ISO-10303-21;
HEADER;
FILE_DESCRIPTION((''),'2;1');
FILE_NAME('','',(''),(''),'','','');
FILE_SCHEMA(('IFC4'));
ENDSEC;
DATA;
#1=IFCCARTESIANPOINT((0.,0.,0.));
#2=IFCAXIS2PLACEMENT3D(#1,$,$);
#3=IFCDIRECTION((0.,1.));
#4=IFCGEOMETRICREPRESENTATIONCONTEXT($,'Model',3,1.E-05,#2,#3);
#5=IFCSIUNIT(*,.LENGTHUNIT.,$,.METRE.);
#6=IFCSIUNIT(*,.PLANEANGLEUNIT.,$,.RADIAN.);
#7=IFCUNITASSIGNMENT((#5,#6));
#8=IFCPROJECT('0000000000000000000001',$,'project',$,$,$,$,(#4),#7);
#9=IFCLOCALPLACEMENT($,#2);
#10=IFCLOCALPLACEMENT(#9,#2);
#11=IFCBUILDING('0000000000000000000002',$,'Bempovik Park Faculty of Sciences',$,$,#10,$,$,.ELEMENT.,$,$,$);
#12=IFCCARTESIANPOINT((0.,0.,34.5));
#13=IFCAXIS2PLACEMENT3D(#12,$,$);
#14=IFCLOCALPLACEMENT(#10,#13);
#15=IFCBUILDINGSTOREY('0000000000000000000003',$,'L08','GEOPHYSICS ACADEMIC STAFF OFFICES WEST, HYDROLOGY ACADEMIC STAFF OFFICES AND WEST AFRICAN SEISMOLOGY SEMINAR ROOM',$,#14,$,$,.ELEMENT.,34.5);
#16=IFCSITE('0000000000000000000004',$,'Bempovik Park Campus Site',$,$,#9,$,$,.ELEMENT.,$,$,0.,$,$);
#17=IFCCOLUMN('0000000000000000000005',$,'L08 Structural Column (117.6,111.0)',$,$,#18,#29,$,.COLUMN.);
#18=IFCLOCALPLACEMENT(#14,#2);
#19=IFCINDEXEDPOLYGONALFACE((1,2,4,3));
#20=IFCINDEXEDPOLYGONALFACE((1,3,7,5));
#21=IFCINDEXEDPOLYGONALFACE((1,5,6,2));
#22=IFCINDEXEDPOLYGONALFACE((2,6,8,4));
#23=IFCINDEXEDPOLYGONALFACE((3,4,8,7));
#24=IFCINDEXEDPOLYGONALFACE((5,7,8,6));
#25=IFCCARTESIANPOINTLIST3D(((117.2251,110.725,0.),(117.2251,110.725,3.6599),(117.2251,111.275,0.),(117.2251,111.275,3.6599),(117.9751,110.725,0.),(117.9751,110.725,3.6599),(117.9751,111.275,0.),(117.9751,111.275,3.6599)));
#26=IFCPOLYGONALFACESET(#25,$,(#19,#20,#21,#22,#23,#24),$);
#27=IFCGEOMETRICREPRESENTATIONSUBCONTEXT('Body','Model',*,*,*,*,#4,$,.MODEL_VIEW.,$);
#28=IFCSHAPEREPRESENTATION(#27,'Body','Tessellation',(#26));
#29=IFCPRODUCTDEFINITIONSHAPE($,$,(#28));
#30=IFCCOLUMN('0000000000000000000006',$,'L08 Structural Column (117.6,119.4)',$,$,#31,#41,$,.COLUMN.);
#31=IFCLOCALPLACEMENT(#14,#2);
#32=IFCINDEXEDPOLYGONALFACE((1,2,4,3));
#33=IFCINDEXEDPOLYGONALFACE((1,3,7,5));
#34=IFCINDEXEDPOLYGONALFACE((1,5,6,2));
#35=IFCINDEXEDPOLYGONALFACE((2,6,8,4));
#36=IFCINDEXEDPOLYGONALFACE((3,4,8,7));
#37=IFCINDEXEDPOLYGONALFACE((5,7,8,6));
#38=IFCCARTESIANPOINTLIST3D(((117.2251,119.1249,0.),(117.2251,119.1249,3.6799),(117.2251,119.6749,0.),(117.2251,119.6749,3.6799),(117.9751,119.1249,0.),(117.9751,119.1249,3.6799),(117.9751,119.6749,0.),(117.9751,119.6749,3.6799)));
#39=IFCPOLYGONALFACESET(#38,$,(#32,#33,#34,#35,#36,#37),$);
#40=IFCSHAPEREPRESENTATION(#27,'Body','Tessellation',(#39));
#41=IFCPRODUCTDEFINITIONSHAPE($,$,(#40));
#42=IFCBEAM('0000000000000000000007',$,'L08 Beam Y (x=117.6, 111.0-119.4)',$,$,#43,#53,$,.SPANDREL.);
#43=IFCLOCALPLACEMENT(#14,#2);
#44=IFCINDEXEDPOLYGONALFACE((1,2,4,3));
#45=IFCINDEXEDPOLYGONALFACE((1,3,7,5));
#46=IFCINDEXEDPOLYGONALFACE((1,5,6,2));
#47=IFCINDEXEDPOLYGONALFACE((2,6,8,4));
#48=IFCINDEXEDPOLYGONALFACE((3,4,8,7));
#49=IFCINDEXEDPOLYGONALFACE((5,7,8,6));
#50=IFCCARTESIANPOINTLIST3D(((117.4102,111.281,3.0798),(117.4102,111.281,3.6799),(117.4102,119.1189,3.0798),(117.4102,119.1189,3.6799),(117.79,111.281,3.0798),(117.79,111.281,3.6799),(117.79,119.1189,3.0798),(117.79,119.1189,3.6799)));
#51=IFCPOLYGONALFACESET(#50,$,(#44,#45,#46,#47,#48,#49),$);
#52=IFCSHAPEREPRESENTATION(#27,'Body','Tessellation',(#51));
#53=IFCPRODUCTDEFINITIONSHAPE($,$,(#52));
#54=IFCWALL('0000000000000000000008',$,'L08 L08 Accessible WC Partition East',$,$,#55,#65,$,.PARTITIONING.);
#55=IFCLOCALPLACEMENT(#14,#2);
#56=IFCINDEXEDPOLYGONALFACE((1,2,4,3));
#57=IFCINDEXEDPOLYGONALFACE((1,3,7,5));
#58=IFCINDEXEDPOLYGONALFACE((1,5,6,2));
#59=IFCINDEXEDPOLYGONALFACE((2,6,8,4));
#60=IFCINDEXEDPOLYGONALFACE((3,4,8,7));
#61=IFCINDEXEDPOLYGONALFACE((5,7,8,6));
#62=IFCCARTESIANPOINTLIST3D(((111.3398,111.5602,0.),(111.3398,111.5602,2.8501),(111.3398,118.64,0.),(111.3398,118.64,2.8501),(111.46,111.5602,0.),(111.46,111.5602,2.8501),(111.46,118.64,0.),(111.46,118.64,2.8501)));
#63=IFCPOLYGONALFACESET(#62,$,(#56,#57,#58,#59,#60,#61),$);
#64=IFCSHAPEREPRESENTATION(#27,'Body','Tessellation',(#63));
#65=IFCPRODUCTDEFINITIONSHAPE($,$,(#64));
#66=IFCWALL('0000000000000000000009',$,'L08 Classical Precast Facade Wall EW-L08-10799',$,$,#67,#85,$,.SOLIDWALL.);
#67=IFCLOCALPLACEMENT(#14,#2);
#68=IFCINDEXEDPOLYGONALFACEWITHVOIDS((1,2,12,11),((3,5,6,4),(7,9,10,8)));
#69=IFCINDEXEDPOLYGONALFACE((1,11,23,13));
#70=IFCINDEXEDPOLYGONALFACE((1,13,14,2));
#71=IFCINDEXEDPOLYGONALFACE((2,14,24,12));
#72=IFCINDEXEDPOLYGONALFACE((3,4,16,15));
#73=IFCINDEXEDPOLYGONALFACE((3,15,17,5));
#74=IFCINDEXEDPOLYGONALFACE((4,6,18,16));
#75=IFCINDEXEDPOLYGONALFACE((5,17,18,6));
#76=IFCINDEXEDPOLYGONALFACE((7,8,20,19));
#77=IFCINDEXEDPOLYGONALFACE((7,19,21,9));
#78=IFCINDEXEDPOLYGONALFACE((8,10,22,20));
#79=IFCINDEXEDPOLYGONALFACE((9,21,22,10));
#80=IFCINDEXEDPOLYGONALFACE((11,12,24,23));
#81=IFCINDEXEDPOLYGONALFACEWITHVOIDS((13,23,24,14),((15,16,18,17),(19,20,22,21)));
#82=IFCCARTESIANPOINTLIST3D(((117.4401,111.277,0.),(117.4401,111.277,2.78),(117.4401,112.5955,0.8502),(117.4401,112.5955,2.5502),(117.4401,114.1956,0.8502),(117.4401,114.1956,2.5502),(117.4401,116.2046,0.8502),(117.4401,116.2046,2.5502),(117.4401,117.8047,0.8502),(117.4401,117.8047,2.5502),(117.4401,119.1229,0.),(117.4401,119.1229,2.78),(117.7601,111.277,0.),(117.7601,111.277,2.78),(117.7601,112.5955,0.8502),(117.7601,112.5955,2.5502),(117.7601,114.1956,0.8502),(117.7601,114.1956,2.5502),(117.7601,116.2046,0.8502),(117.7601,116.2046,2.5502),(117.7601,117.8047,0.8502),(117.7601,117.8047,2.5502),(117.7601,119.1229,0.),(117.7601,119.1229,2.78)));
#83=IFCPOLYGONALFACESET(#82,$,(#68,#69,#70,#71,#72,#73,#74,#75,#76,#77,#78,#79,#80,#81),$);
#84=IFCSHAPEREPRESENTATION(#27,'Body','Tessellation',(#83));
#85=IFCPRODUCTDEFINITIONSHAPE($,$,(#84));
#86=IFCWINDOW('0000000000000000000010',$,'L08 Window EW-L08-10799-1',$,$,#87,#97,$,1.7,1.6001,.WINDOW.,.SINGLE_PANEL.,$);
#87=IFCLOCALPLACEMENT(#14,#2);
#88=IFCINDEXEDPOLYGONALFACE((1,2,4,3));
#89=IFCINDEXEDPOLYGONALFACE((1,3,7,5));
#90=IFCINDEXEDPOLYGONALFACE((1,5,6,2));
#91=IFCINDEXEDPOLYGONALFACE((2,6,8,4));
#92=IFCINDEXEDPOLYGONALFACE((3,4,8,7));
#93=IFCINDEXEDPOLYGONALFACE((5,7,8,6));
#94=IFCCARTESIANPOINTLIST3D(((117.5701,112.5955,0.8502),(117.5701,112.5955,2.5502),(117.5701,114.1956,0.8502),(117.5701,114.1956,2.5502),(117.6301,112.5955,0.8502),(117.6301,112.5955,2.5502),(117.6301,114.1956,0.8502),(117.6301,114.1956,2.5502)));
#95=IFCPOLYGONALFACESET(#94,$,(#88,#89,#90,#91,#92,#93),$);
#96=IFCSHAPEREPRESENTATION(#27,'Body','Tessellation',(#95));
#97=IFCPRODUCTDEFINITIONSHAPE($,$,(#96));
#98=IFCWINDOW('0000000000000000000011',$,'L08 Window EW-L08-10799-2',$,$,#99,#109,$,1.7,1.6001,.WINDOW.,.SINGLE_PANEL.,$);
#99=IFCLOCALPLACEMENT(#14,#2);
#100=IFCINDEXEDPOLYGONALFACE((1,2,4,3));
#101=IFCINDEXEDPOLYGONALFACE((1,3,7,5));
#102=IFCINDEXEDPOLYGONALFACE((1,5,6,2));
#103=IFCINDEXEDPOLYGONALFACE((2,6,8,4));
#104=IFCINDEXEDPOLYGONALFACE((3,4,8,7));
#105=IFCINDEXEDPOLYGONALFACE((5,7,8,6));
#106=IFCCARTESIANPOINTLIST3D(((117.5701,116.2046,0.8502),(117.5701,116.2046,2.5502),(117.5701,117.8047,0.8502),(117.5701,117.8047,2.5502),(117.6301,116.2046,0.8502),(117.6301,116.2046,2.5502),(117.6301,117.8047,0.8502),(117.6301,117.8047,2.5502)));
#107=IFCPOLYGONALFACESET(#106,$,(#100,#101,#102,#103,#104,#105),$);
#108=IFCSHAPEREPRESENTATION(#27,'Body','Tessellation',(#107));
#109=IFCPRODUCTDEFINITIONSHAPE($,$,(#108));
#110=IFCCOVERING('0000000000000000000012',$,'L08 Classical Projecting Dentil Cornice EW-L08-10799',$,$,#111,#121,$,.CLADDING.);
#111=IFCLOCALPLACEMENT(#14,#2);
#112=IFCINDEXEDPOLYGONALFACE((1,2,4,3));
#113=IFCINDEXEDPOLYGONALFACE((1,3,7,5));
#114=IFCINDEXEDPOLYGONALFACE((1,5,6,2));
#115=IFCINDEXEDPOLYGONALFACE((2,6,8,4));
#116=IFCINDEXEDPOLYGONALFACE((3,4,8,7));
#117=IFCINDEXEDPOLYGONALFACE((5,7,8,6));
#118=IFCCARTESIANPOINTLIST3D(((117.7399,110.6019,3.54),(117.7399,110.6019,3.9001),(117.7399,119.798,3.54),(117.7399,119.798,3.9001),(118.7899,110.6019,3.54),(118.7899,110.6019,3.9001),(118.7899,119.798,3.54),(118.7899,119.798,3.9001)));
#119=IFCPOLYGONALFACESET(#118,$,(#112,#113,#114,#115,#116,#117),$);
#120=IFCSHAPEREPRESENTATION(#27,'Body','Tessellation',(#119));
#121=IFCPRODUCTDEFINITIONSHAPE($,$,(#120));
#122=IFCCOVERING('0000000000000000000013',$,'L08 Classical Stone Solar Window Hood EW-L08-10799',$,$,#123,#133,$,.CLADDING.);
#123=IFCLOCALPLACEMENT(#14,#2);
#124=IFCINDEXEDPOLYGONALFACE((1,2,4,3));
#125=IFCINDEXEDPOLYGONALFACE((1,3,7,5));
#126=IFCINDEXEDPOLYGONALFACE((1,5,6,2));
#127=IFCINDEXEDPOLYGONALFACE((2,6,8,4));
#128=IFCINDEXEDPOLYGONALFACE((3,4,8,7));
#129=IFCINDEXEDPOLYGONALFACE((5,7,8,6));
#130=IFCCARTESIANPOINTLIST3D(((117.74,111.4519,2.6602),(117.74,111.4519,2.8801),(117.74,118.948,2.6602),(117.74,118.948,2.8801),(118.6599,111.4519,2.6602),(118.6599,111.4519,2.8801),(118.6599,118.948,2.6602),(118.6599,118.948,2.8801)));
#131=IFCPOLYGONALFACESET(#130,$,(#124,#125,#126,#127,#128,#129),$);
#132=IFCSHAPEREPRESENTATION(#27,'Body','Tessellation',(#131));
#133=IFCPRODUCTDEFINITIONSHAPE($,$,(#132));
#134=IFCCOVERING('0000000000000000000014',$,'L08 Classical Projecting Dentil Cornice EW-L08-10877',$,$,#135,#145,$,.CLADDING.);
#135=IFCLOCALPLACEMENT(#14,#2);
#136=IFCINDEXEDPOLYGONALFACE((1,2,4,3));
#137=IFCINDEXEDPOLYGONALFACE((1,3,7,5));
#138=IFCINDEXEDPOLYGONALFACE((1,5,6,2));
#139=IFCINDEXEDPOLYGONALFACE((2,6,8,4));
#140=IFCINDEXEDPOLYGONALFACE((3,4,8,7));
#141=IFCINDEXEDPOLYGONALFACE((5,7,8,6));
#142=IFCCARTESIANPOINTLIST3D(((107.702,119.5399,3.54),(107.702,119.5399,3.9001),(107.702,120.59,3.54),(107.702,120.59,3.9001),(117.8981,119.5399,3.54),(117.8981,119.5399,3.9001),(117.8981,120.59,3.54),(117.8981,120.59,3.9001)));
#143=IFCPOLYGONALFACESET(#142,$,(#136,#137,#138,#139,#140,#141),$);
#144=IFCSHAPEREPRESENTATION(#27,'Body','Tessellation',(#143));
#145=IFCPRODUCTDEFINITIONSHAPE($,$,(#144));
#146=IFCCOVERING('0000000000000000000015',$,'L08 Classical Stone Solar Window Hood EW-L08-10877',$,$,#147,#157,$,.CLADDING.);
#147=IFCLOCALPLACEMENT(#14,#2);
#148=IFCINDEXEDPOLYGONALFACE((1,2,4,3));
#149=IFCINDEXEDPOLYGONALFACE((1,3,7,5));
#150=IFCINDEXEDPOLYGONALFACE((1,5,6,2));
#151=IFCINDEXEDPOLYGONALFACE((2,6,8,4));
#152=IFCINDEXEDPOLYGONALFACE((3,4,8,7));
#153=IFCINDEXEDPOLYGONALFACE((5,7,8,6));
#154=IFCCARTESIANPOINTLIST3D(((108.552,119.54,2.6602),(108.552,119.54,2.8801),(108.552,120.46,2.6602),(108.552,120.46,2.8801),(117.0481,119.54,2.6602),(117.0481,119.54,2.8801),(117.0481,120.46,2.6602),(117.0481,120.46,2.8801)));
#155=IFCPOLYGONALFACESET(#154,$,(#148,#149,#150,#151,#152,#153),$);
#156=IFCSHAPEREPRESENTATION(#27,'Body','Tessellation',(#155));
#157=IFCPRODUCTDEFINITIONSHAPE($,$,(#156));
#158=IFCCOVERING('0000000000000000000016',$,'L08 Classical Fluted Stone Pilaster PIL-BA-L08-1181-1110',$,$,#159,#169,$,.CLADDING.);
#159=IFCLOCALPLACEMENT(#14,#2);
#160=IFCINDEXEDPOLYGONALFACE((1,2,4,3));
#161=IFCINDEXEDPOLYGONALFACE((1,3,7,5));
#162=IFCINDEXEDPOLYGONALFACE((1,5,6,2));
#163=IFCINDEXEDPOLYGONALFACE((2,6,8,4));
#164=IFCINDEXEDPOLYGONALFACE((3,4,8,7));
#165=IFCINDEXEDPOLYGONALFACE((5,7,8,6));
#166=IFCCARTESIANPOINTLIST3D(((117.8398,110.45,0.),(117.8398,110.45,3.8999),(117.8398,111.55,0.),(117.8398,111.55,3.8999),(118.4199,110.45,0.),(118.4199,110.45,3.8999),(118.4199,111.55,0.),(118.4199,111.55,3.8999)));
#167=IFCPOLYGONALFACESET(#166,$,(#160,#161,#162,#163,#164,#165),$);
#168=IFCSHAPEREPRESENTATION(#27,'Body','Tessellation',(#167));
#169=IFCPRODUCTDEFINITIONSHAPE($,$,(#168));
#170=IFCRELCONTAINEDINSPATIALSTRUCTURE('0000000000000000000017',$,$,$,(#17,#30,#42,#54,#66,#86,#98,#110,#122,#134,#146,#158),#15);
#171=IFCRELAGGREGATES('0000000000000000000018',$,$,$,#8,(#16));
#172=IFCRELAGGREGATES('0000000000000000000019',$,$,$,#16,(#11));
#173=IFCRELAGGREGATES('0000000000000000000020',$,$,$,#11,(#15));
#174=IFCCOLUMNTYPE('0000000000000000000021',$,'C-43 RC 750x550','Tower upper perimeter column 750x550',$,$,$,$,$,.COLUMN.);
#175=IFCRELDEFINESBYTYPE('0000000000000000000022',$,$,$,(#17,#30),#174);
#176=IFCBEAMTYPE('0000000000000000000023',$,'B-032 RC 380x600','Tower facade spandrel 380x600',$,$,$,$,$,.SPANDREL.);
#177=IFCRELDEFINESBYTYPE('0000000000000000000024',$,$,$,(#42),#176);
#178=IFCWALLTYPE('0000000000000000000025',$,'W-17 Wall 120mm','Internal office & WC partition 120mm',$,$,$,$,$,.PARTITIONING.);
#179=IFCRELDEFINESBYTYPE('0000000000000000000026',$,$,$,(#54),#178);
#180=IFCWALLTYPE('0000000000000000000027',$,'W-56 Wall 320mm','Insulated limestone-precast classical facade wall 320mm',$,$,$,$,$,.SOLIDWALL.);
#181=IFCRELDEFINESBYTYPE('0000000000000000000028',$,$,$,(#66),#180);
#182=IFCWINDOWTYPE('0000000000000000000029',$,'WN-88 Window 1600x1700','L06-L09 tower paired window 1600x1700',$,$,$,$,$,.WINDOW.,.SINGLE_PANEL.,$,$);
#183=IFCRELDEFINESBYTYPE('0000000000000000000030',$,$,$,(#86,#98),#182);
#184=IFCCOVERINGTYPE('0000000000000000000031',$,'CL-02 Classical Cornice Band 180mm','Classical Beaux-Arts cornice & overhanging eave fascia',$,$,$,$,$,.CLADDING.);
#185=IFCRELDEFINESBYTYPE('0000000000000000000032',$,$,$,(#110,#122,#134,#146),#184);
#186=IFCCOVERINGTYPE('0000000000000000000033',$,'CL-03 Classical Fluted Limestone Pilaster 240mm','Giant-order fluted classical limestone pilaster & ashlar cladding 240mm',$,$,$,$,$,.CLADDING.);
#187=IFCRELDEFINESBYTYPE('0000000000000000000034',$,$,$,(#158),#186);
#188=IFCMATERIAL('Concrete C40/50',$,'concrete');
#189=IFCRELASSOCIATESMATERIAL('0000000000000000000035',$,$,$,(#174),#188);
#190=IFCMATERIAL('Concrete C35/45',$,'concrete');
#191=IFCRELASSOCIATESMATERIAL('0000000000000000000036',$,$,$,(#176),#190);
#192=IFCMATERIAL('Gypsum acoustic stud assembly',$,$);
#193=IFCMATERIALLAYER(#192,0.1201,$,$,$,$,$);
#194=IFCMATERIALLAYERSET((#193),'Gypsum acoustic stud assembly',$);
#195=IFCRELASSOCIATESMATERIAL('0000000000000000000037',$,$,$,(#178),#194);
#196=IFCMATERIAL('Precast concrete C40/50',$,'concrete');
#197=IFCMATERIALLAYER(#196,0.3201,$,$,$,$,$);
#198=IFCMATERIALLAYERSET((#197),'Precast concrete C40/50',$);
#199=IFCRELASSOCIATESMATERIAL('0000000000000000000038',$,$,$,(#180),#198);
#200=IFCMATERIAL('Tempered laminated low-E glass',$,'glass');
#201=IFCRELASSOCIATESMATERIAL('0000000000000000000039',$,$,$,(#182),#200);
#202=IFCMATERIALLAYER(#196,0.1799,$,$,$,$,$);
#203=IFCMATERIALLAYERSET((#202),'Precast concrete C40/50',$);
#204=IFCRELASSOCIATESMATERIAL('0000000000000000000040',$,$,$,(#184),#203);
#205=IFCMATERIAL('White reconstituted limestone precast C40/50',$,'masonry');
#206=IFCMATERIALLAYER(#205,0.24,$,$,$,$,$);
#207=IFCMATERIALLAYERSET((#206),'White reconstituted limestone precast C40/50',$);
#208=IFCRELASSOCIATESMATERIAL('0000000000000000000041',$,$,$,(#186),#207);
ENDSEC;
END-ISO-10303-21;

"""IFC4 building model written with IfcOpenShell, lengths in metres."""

from ifc_helpers import new_model, si_unit, direction, frame, frame_2d, origin, origin_2d, place, context, subcontext, project, spatial, rectangle, extrude, material, layer, layer_set, material_profile, profile_set, type_object, element, fill, save


model = new_model("IFC4")

# Units and contexts
model_context = context("Model", 3, precision=1e-05, world=origin(), true_north=direction((0.0, 1.0)))
body_context = subcontext(model_context, "Body", "Model", "MODEL_VIEW")
ifc_project = project(units=[si_unit("LENGTHUNIT", "METRE"), si_unit("PLANEANGLEUNIT", "RADIAN")], contexts=[model_context])

# Site, building, storey
site_placement = place(None, origin())
site = spatial("IfcSite", under=ifc_project, at=site_placement, Name="Bempovik Park Campus Site", CompositionType="ELEMENT", RefElevation=0.0)
building_placement = place(site_placement, origin())
building = spatial("IfcBuilding", under=site, at=building_placement, Name="Bempovik Park Faculty of Sciences", CompositionType="ELEMENT")
storey_placement = place(building_placement, frame((0.0, 0.0, 34.5)))
storey = spatial("IfcBuildingStorey", under=building, at=storey_placement, Name="L08", Description="GEOPHYSICS ACADEMIC STAFF OFFICES WEST, HYDROLOGY ACADEMIC STAFF OFFICES AND WEST AFRICAN SEISMOLOGY SEMINAR ROOM", CompositionType="ELEMENT", Elevation=34.5)

# Columns
ifc_material_1 = material(Name="Concrete C40/50", Category="concrete")
ifc_material_profile_1 = material_profile(ifc_material_1, rectangle(XDim=0.75, YDim=0.55, at=origin_2d()), Name="RC 750x550")
ifc_profile_set_1 = profile_set([ifc_material_profile_1], Name="Concrete C40/50")
column_type = type_object("IfcColumnType", Name="C-43 RC 750x550", Description="Tower upper perimeter column 750x550", PredefinedType="COLUMN", material=ifc_profile_set_1)
column_1_placement = place(storey_placement, frame((117.6001, 111.0, 0.0), z_axis=(0.0, 0.0, 1.0), x_axis=(1.0, 0.0, 0.0)))
element("IfcColumn", 1, at=column_1_placement, inside=storey, type_object=column_type, Name="L08 Structural Column (117.6,111.0)", PredefinedType="COLUMN", context=body_context, shape_type="SweptSolid", body=[
    extrude(rectangle(XDim=0.75, YDim=0.55, at=origin_2d()), origin(), (0.0, 0.0, 1.0), 3.6599),
])
column_2_placement = place(storey_placement, frame((117.6001, 119.3999, 0.0), z_axis=(0.0, 0.0, 1.0), x_axis=(1.0, 0.0, 0.0)))
element("IfcColumn", 2, at=column_2_placement, inside=storey, type_object=column_type, Name="L08 Structural Column (117.6,119.4)", PredefinedType="COLUMN", context=body_context, shape_type="SweptSolid", body=[
    extrude(rectangle(XDim=0.75, YDim=0.55, at=origin_2d()), origin(), (0.0, 0.0, 1.0), 3.6799),
])

# Beam
ifc_material_2 = material(Name="Concrete C35/45", Category="concrete")
ifc_material_profile_2 = material_profile(ifc_material_2, rectangle(XDim=0.3799, YDim=0.6001, at=origin_2d()), Name="RC 380x600")
ifc_profile_set_2 = profile_set([ifc_material_profile_2], Name="Concrete C35/45")
beam_type = type_object("IfcBeamType", Name="B-032 RC 380x600", Description="Tower facade spandrel 380x600", PredefinedType="SPANDREL", material=ifc_profile_set_2)
beam_placement = place(storey_placement, frame((117.6001, 111.281, 3.3799), z_axis=(0.0, 1.0, 0.0), x_axis=(-1.0, 0.0, 0.0)))
element("IfcBeam", 3, at=beam_placement, inside=storey, type_object=beam_type, Name="L08 Beam Y (x=117.6, 111.0-119.4)", PredefinedType="SPANDREL", context=body_context, shape_type="SweptSolid", body=[
    extrude(rectangle(XDim=0.3799, YDim=0.6001, at=origin_2d()), origin(), (0.0, 0.0, 1.0), 7.8379),
])

# Wall
ifc_material_3 = material(Name="Gypsum acoustic stud assembly")
ifc_layer_1 = layer(ifc_material_3, 0.1201)
ifc_layer_set_1 = layer_set([ifc_layer_1], Name="Gypsum acoustic stud assembly")
wall_type_1 = type_object("IfcWallType", Name="W-17 Wall 120mm", Description="Internal office & WC partition 120mm", PredefinedType="PARTITIONING", material=ifc_layer_set_1)
wall_1_placement = place(storey_placement, frame((111.3999, 111.5601, 0.0), z_axis=(0.0, 0.0, 1.0), x_axis=(0.0, 1.0, 0.0)))
element("IfcWall", 4, at=wall_1_placement, inside=storey, type_object=wall_type_1, Name="L08 L08 Accessible WC Partition East", PredefinedType="PARTITIONING", context=body_context, shape_type="SweptSolid", body=[
    extrude(rectangle(XDim=7.0798, YDim=0.1201, at=frame_2d((3.54, 0.0))), origin(), (0.0, 0.0, 1.0), 2.8501),
])

# Wall, openings, windows
ifc_material_4 = material(Name="Precast concrete C40/50", Category="concrete")
ifc_layer_2 = layer(ifc_material_4, 0.3201)
ifc_layer_set_2 = layer_set([ifc_layer_2], Name="Precast concrete C40/50")
wall_type_2 = type_object("IfcWallType", Name="W-56 Wall 320mm", Description="Insulated limestone-precast classical facade wall 320mm", PredefinedType="SOLIDWALL", material=ifc_layer_set_2)
wall_2_placement = place(storey_placement, frame((117.6001, 111.2771, 0.0), z_axis=(0.0, 0.0, 1.0), x_axis=(0.0, 1.0, 0.0)))
wall_2 = element("IfcWall", 5, at=wall_2_placement, inside=storey, type_object=wall_type_2, Name="L08 Classical Precast Facade Wall EW-L08-10799", PredefinedType="SOLIDWALL", context=body_context, shape_type="SweptSolid", body=[
    extrude(rectangle(XDim=7.8459, YDim=0.3201, at=frame_2d((3.9229, 0.0))), origin(), (0.0, 0.0, 1.0), 2.78),
])
opening_1_placement = place(wall_2_placement, frame((1.3184, 0.0, 0.8501)))
opening_1 = element("IfcOpeningElement", 6, at=opening_1_placement, cuts=wall_2, PredefinedType="OPENING", context=body_context, shape_type="SweptSolid", body=[
    extrude(rectangle(XDim=1.6001, YDim=1.7, at=frame_2d((0.8, 0.8501))), frame((0.0, 0.1699, 0.0), z_axis=(0.0, -1.0, 0.0), x_axis=(1.0, 0.0, 0.0)), (0.0, 0.0, 1.0), 0.3401),
])
opening_2_placement = place(wall_2_placement, frame((4.9275, 0.0, 0.8501)))
opening_2 = element("IfcOpeningElement", 7, at=opening_2_placement, cuts=wall_2, PredefinedType="OPENING", context=body_context, shape_type="SweptSolid", body=[
    extrude(rectangle(XDim=1.6001, YDim=1.7, at=frame_2d((0.8, 0.8501))), frame((0.0, 0.1699, 0.0), z_axis=(0.0, -1.0, 0.0), x_axis=(1.0, 0.0, 0.0)), (0.0, 0.0, 1.0), 0.3401),
])
ifc_material_5 = material(Name="Tempered laminated low-E glass", Category="glass")
window_type = type_object("IfcWindowType", Name="WN-88 Window 1600x1700", Description="L06-L09 tower paired window 1600x1700", PartitioningType="SINGLE_PANEL", PredefinedType="WINDOW", material=ifc_material_5)
window_1_placement = place(opening_1_placement, origin())
window_1 = element("IfcWindow", 8, at=window_1_placement, inside=storey, type_object=window_type, Name="L08 Window EW-L08-10799-1", OverallHeight=1.7, OverallWidth=1.6001, PartitioningType="SINGLE_PANEL", PredefinedType="WINDOW", context=body_context, shape_type="SweptSolid", body=[
    extrude(rectangle(XDim=1.6001, YDim=1.7, at=frame_2d((0.8, 0.8501))), frame((0.0, 0.03, 0.0), z_axis=(0.0, -1.0, 0.0), x_axis=(1.0, 0.0, 0.0)), (0.0, 0.0, 1.0), 0.0601),
])
fill(opening_1, window_1)
window_2_placement = place(opening_2_placement, origin())
window_2 = element("IfcWindow", 9, at=window_2_placement, inside=storey, type_object=window_type, Name="L08 Window EW-L08-10799-2", OverallHeight=1.7, OverallWidth=1.6001, PartitioningType="SINGLE_PANEL", PredefinedType="WINDOW", context=body_context, shape_type="SweptSolid", body=[
    extrude(rectangle(XDim=1.6001, YDim=1.7, at=frame_2d((0.8, 0.8501))), frame((0.0, 0.03, 0.0), z_axis=(0.0, -1.0, 0.0), x_axis=(1.0, 0.0, 0.0)), (0.0, 0.0, 1.0), 0.0601),
])
fill(opening_2, window_2)

# Coverings
ifc_layer_3 = layer(ifc_material_4, 0.1799)
ifc_layer_set_3 = layer_set([ifc_layer_3], Name="Precast concrete C40/50")
covering_type_1 = type_object("IfcCoveringType", Name="CL-02 Classical Cornice Band 180mm", Description="Classical Beaux-Arts cornice & overhanging eave fascia", PredefinedType="CLADDING", material=ifc_layer_set_3)
covering_1_placement = place(storey_placement, frame((118.2649, 115.2, 3.54), z_axis=(0.0, 0.0, 1.0), x_axis=(1.0, 0.0, 0.0)))
element("IfcCovering", 10, at=covering_1_placement, inside=storey, type_object=covering_type_1, Name="L08 Classical Projecting Dentil Cornice EW-L08-10799", PredefinedType="CLADDING", context=body_context, shape_type="SweptSolid", body=[
    extrude(rectangle(XDim=1.05, YDim=9.196, at=origin_2d()), origin(), (0.0, 0.0, 1.0), 0.3601),
])
covering_2_placement = place(storey_placement, frame((118.2, 115.2, 2.6602), z_axis=(0.0, 0.0, 1.0), x_axis=(1.0, 0.0, 0.0)))
element("IfcCovering", 11, at=covering_2_placement, inside=storey, type_object=covering_type_1, Name="L08 Classical Stone Solar Window Hood EW-L08-10799", PredefinedType="CLADDING", context=body_context, shape_type="SweptSolid", body=[
    extrude(rectangle(XDim=0.9199, YDim=7.4961, at=origin_2d()), origin(), (0.0, 0.0, 1.0), 0.22),
])
covering_3_placement = place(storey_placement, frame((112.8, 120.0649, 3.54), z_axis=(0.0, 0.0, 1.0), x_axis=(1.0, 0.0, 0.0)))
element("IfcCovering", 12, at=covering_3_placement, inside=storey, type_object=covering_type_1, Name="L08 Classical Projecting Dentil Cornice EW-L08-10877", PredefinedType="CLADDING", context=body_context, shape_type="SweptSolid", body=[
    extrude(rectangle(XDim=10.196, YDim=1.05, at=origin_2d()), origin(), (0.0, 0.0, 1.0), 0.3601),
])
covering_4_placement = place(storey_placement, frame((112.8, 120.0, 2.6602), z_axis=(0.0, 0.0, 1.0), x_axis=(1.0, 0.0, 0.0)))
element("IfcCovering", 13, at=covering_4_placement, inside=storey, type_object=covering_type_1, Name="L08 Classical Stone Solar Window Hood EW-L08-10877", PredefinedType="CLADDING", context=body_context, shape_type="SweptSolid", body=[
    extrude(rectangle(XDim=8.4961, YDim=0.9199, at=origin_2d()), origin(), (0.0, 0.0, 1.0), 0.22),
])
ifc_material_6 = material(Name="White reconstituted limestone precast C40/50", Category="masonry")
ifc_layer_4 = layer(ifc_material_6, 0.24)
ifc_layer_set_4 = layer_set([ifc_layer_4], Name="White reconstituted limestone precast C40/50")
covering_type_2 = type_object("IfcCoveringType", Name="CL-03 Classical Fluted Limestone Pilaster 240mm", Description="Giant-order fluted classical limestone pilaster & ashlar cladding 240mm", PredefinedType="CLADDING", material=ifc_layer_set_4)
covering_5_placement = place(storey_placement, frame((118.1299, 111.0, 0.0), z_axis=(0.0, 0.0, 1.0), x_axis=(1.0, 0.0, 0.0)))
element("IfcCovering", 14, at=covering_5_placement, inside=storey, type_object=covering_type_2, Name="L08 Classical Fluted Stone Pilaster PIL-BA-L08-1181-1110", PredefinedType="CLADDING", context=body_context, shape_type="SweptSolid", body=[
    extrude(rectangle(XDim=0.5801, YDim=1.1001, at=origin_2d()), origin(), (0.0, 0.0, 1.0), 3.8999),
])

save(model, "model.ifc")
